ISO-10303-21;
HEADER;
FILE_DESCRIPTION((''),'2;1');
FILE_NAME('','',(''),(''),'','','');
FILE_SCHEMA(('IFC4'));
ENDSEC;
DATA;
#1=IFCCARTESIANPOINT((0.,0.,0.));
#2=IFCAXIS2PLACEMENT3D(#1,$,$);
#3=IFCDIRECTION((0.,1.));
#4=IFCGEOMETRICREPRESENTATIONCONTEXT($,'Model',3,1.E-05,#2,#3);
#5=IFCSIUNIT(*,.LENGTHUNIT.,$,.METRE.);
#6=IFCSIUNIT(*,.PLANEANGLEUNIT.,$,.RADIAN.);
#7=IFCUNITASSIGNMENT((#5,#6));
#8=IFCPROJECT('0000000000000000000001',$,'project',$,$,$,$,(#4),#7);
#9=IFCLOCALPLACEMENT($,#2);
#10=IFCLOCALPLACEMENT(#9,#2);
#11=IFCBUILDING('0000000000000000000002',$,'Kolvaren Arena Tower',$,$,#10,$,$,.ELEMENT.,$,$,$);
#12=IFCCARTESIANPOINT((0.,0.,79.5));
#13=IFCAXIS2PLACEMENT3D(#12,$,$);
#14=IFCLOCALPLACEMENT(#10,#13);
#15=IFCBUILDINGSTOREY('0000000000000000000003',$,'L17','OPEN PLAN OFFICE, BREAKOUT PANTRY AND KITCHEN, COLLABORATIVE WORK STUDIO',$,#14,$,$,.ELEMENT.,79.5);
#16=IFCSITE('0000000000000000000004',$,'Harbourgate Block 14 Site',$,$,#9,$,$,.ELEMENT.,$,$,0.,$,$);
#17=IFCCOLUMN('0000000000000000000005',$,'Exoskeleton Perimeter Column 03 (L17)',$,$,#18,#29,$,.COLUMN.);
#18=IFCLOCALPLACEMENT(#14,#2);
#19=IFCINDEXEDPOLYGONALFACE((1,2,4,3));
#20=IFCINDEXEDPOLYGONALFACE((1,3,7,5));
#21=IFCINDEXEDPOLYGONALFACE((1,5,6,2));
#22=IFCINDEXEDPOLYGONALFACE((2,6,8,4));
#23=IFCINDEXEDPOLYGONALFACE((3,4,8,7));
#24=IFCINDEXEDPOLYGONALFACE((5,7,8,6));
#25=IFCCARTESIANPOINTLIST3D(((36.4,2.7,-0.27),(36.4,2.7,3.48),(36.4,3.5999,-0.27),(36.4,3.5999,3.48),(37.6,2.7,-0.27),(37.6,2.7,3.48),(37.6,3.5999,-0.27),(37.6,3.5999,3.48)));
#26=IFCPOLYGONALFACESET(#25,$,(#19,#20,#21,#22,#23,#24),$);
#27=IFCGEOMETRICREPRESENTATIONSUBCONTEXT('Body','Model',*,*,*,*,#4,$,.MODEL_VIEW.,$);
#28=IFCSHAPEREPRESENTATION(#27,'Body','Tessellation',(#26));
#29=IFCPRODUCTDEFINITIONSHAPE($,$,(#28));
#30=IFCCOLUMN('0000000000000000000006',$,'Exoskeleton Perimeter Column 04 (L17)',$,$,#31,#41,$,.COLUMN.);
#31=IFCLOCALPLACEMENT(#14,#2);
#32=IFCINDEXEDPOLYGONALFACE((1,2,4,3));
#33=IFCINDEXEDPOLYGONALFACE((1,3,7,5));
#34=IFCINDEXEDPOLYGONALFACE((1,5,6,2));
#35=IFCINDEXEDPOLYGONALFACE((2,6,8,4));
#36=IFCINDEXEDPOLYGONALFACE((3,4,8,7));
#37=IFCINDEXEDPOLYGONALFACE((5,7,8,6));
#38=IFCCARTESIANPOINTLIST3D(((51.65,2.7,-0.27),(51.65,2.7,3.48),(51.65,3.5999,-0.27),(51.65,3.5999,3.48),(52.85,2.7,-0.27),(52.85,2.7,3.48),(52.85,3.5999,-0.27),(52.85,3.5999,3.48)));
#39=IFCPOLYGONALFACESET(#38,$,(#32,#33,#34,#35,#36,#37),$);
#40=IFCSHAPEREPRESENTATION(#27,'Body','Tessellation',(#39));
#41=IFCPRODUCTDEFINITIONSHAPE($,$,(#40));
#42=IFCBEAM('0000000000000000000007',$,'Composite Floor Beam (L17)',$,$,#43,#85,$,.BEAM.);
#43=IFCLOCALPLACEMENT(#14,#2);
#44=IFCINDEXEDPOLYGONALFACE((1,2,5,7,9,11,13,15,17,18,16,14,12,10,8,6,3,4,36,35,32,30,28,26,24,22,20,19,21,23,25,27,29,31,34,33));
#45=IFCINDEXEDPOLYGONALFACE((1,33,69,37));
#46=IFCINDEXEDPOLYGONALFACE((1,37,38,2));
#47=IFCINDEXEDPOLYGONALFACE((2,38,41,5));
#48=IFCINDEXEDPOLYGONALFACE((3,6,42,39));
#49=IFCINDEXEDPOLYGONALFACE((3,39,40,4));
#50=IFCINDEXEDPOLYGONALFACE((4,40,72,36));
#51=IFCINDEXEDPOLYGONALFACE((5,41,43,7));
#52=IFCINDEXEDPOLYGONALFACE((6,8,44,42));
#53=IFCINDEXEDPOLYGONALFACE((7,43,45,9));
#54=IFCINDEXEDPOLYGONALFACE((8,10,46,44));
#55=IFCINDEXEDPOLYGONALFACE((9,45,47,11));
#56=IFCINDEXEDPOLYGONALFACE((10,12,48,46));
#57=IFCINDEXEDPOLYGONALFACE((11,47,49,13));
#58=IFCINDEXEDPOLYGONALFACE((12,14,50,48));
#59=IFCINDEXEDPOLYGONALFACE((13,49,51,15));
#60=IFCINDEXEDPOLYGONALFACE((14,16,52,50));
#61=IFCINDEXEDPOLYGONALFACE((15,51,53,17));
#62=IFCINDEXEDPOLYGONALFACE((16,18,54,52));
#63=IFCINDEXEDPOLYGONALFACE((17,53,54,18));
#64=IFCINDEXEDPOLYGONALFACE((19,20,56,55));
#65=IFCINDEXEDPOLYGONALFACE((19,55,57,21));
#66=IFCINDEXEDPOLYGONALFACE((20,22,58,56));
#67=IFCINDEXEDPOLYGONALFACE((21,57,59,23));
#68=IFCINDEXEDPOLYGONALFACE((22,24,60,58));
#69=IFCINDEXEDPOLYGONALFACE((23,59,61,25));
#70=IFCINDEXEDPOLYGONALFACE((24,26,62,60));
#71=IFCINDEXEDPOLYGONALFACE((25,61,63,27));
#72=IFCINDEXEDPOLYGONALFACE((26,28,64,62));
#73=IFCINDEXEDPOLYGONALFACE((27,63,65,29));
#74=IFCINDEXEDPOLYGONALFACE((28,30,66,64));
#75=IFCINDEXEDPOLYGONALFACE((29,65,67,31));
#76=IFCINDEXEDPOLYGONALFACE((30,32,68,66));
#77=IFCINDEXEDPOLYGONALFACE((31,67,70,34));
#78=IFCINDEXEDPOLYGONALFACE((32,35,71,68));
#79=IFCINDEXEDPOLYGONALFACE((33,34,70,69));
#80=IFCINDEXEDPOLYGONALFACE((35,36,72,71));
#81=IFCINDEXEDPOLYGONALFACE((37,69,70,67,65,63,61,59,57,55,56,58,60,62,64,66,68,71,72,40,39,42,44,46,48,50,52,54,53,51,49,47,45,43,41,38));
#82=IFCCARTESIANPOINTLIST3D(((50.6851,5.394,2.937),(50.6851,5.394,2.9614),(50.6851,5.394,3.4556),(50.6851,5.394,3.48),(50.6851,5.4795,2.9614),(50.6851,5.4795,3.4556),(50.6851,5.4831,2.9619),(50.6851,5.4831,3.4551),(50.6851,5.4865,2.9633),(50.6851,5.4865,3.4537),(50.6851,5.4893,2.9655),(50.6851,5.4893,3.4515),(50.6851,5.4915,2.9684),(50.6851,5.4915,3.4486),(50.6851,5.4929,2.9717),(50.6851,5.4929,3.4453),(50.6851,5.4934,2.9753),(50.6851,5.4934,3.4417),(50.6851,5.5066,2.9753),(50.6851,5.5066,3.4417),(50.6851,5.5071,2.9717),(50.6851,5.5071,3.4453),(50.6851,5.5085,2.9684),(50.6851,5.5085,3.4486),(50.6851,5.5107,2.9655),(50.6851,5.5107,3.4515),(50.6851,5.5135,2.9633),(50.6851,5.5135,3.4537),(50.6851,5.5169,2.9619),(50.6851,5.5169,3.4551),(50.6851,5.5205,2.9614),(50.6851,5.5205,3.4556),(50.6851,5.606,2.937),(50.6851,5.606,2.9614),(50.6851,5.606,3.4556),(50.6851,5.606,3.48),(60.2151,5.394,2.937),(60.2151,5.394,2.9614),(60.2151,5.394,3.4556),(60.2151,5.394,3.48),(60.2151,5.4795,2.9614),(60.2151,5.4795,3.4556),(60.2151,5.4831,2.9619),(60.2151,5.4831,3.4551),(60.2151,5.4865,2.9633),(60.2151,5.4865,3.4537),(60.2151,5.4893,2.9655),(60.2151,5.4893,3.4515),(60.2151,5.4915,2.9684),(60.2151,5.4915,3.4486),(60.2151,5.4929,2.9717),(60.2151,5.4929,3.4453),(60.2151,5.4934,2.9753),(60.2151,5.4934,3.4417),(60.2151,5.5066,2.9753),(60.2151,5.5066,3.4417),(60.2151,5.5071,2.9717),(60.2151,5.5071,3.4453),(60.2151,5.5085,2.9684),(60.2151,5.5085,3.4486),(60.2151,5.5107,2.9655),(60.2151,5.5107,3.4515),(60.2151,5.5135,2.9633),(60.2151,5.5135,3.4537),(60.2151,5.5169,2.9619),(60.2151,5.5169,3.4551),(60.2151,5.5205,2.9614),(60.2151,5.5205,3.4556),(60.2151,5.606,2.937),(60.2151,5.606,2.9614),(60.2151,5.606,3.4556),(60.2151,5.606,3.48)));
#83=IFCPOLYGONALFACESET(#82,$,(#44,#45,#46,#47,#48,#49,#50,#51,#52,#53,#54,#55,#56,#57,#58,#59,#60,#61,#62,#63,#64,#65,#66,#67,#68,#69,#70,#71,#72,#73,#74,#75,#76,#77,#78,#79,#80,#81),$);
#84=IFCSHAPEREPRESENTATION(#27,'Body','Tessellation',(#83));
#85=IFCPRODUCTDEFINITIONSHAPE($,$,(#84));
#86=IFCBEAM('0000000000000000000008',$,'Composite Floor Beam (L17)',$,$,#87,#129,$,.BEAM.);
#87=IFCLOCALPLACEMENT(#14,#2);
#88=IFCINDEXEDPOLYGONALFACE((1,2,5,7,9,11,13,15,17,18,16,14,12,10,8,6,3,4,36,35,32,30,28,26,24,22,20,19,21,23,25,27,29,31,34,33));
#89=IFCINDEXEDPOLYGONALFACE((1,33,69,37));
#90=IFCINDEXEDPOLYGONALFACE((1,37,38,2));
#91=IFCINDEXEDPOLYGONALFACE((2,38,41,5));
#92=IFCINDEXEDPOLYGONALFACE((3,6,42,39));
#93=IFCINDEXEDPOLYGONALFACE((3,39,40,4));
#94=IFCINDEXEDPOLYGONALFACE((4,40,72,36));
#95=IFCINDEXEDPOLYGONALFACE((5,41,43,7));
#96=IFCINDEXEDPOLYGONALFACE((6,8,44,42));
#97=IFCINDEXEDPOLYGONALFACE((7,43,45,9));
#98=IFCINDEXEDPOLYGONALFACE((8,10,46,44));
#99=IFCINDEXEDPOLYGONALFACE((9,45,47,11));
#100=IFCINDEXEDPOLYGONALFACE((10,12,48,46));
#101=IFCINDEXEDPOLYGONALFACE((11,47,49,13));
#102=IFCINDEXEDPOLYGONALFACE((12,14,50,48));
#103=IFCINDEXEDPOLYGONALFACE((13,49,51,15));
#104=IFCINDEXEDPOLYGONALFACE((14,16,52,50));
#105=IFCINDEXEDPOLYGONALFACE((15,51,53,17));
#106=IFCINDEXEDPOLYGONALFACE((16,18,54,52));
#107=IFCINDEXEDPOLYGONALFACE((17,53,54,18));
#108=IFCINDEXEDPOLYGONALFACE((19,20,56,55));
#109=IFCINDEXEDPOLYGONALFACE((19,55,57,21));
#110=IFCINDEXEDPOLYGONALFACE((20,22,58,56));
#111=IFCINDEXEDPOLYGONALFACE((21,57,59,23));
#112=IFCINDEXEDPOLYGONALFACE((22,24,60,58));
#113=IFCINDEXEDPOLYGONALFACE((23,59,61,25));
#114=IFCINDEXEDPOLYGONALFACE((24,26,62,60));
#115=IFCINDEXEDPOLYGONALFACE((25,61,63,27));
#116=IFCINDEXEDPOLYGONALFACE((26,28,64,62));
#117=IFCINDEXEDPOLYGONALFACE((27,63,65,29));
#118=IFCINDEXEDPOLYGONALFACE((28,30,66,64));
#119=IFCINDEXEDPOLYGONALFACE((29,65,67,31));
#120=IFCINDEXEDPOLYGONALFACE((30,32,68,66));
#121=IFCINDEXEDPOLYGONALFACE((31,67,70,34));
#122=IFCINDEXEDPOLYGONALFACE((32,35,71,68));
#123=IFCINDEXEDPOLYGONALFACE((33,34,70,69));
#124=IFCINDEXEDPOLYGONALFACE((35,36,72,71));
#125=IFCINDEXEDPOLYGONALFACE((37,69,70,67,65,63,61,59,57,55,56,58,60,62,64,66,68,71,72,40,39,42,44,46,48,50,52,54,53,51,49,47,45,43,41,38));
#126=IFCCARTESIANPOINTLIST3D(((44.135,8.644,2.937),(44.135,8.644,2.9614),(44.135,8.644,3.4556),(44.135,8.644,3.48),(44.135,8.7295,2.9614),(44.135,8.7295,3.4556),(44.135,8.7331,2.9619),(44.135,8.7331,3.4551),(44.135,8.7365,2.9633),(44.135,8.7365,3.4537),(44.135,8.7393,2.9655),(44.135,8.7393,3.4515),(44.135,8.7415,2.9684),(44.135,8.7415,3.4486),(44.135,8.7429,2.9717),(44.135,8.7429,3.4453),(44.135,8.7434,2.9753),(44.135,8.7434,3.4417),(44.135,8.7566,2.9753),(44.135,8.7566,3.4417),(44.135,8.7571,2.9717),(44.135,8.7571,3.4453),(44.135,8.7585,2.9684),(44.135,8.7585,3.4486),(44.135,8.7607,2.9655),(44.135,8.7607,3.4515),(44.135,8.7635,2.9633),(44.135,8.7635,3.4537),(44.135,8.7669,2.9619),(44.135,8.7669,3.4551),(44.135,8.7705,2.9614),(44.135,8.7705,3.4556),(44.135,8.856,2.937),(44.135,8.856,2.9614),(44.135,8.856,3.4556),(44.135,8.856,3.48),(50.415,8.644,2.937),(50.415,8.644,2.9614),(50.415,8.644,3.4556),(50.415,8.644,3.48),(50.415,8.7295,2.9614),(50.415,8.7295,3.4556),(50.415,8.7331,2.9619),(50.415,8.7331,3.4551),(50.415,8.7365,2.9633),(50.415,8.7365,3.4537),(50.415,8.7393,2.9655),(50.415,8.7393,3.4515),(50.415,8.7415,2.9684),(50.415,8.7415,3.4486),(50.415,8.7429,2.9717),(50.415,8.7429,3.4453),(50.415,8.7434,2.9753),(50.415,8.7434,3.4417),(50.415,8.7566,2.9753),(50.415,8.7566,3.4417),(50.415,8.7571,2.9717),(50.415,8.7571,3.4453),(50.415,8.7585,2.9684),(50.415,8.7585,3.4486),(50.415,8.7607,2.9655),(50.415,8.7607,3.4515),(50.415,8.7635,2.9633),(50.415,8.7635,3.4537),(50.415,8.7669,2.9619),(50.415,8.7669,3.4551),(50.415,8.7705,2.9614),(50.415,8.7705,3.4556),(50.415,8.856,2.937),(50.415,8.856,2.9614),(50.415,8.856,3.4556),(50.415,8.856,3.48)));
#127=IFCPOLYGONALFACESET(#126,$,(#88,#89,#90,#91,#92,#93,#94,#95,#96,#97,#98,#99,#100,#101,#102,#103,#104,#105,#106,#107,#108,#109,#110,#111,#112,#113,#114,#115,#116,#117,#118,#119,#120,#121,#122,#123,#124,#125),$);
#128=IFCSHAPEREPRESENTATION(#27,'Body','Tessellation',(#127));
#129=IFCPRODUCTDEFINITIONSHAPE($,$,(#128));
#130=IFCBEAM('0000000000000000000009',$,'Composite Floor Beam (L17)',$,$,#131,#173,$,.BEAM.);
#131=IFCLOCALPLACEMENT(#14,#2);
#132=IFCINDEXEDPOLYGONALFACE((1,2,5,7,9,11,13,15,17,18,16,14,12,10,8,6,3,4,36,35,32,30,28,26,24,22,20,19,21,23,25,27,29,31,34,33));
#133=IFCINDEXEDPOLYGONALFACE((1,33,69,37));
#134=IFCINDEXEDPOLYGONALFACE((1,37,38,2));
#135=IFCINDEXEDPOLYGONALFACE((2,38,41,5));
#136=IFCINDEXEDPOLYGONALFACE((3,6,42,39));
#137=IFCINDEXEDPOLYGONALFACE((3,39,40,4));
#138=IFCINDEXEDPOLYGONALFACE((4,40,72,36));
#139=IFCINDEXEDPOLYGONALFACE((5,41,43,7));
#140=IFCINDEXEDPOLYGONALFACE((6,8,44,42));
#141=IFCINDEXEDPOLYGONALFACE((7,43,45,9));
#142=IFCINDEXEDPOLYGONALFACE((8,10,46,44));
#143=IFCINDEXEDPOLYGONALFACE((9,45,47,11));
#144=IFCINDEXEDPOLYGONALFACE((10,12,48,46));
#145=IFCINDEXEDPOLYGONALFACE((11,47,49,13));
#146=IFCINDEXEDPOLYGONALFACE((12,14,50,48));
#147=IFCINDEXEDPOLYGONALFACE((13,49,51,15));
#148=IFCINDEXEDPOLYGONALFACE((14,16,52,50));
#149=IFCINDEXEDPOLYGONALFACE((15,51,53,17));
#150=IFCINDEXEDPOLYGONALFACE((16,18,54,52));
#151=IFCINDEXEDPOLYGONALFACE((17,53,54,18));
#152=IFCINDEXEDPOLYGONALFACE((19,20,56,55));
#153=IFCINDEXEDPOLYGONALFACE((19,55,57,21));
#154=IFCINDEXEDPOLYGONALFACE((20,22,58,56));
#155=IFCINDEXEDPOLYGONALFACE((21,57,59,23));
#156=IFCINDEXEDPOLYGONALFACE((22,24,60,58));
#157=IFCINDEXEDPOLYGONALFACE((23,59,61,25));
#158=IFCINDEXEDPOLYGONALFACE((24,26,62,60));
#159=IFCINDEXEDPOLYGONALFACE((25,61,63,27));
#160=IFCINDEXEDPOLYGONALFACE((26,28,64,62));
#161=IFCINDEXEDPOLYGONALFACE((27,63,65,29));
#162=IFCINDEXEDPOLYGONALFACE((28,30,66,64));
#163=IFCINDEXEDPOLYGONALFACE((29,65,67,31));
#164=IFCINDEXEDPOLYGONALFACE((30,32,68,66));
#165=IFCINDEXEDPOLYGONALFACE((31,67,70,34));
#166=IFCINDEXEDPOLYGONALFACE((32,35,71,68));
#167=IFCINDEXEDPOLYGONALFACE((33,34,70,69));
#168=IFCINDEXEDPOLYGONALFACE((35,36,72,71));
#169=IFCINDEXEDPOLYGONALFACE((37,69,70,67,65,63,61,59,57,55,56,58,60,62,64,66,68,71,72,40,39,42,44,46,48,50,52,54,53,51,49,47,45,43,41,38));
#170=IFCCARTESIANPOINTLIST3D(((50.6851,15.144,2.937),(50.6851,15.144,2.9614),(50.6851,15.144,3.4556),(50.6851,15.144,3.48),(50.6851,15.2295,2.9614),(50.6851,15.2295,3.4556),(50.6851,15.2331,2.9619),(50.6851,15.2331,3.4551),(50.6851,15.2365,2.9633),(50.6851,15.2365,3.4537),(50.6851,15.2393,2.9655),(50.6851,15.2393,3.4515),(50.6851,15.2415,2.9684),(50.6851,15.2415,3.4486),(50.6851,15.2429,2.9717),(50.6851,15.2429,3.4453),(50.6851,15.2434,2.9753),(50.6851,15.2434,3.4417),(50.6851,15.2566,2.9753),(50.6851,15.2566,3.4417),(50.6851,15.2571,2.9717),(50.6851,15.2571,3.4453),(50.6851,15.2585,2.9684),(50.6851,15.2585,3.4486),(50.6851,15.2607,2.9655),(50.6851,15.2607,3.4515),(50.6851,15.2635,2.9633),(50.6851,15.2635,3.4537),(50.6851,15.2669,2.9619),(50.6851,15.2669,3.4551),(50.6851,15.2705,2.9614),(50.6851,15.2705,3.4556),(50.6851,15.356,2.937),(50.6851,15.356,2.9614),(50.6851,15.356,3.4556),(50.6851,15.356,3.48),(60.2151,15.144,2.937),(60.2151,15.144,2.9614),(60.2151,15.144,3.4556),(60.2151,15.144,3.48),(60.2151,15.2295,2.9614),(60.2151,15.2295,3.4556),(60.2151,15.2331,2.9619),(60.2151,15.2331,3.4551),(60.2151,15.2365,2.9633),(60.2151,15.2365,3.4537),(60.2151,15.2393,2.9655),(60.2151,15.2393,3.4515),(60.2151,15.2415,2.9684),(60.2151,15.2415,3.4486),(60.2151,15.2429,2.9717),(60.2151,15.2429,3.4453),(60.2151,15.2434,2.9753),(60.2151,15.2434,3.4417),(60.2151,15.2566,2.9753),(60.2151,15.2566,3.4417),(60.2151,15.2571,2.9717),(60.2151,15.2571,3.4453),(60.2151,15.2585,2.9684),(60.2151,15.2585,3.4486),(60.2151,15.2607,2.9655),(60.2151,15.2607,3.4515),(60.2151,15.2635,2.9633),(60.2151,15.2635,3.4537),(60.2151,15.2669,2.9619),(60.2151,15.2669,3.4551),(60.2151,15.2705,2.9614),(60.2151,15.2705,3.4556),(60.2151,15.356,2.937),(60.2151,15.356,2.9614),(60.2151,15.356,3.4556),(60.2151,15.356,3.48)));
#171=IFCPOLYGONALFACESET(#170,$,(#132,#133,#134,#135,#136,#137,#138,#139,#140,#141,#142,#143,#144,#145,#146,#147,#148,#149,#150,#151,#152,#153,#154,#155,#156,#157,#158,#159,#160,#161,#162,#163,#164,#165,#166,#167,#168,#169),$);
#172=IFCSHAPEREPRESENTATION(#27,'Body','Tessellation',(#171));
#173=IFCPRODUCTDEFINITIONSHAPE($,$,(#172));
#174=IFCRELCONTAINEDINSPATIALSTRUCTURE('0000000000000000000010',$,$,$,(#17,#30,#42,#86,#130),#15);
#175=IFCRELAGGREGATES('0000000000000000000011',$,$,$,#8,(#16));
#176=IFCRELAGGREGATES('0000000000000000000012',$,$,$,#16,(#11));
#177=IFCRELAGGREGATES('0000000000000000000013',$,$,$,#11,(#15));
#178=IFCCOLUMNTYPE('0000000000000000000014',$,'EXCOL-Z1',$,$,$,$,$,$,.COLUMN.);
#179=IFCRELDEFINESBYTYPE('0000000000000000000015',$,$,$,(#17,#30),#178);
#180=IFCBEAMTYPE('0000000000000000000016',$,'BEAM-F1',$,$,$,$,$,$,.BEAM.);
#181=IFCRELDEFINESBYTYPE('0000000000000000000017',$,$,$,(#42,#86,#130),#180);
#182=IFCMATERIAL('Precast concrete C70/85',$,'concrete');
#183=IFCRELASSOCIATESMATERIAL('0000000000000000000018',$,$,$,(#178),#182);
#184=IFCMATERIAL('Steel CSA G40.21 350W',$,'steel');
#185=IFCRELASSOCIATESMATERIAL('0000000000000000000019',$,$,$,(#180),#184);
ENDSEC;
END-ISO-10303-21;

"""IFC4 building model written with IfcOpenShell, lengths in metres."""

from ifc_helpers import new_model, si_unit, direction, frame, origin, origin_2d, place, context, subcontext, project, spatial, rectangle, i_section, extrude, material, material_profile, profile_set, type_object, element, save


model = new_model("IFC4")

# Units and contexts
model_context = context("Model", 3, precision=1e-05, world=origin(), true_north=direction((0.0, 1.0)))
body_context = subcontext(model_context, "Body", "Model", "MODEL_VIEW")
ifc_project = project(units=[si_unit("LENGTHUNIT", "METRE"), si_unit("PLANEANGLEUNIT", "RADIAN")], contexts=[model_context])

# Site, building, storey
site_placement = place(None, origin())
site = spatial("IfcSite", under=ifc_project, at=site_placement, Name="Harbourgate Block 14 Site", CompositionType="ELEMENT", RefElevation=0.0)
building_placement = place(site_placement, origin())
building = spatial("IfcBuilding", under=site, at=building_placement, Name="Kolvaren Arena Tower", CompositionType="ELEMENT")
storey_placement = place(building_placement, frame((0.0, 0.0, 79.5)))
storey = spatial("IfcBuildingStorey", under=building, at=storey_placement, Name="L17", Description="OPEN PLAN OFFICE, BREAKOUT PANTRY AND KITCHEN, COLLABORATIVE WORK STUDIO", CompositionType="ELEMENT", Elevation=79.5)

# Columns
ifc_material_1 = material(Name="Precast concrete C70/85", Category="concrete")
ifc_material_profile_1 = material_profile(ifc_material_1, rectangle(XDim=1.2, YDim=0.8999, at=origin_2d()), Name="RC-1200x900")
ifc_profile_set_1 = profile_set([ifc_material_profile_1], Name="Precast concrete C70/85")
column_type = type_object("IfcColumnType", Name="EXCOL-Z1", PredefinedType="COLUMN", material=ifc_profile_set_1)
for number, where, z_axis, x_axis, name in (
    (1, (37.0, 3.1499, -0.27), (0.0, 0.0, 1.0), (1.0, 0.0, 0.0), "Exoskeleton Perimeter Column 03 (L17)"),
    (2, (52.25, 3.1499, -0.27), (0.0, 0.0, 1.0), (1.0, 0.0, 0.0), "Exoskeleton Perimeter Column 04 (L17)"),
):
    element("IfcColumn", number, at=place(storey_placement, frame(where, z_axis=z_axis, x_axis=x_axis)), inside=storey, type_object=column_type, Name=name, PredefinedType="COLUMN", context=body_context, shape_type="SweptSolid", body=[
        extrude(rectangle(XDim=1.2, YDim=0.8999, at=origin_2d()), origin(), (0.0, 0.0, 1.0), 3.75),
    ])

# Beams
ifc_material_2 = material(Name="Steel CSA G40.21 350W", Category="steel")
ifc_material_profile_2 = material_profile(ifc_material_2, i_section(OverallWidth=0.2119, OverallDepth=0.543, WebThickness=0.0132, FlangeThickness=0.0244, FilletRadius=0.0139, at=origin_2d()), Name="W530x150")
ifc_profile_set_2 = profile_set([ifc_material_profile_2], Name="Steel CSA G40.21 350W")
beam_type_1 = type_object("IfcBeamType", Name="BEAM-F1", PredefinedType="BEAM", material=ifc_profile_set_2)
beam_1_placement = place(storey_placement, frame((50.6851, 5.5, 3.2085), z_axis=(1.0, 0.0, 0.0), x_axis=(0.0, 1.0, 0.0)))
element("IfcBeam", 3, at=beam_1_placement, inside=storey, type_object=beam_type_1, Name="Composite Floor Beam (L17)", PredefinedType="BEAM", context=body_context, shape_type="SweptSolid", body=[
    extrude(i_section(OverallWidth=0.2119, OverallDepth=0.543, WebThickness=0.0132, FlangeThickness=0.0244, FilletRadius=0.0139, at=origin_2d()), origin(), (0.0, 0.0, 1.0), 9.53),
])
beam_2_placement = place(storey_placement, frame((44.135, 8.75, 3.2085), z_axis=(1.0, 0.0, 0.0), x_axis=(0.0, 1.0, 0.0)))
element("IfcBeam", 4, at=beam_2_placement, inside=storey, type_object=beam_type_1, Name="Composite Floor Beam (L17)", PredefinedType="BEAM", context=body_context, shape_type="SweptSolid", body=[
    extrude(i_section(OverallWidth=0.2119, OverallDepth=0.543, WebThickness=0.0132, FlangeThickness=0.0244, FilletRadius=0.0139, at=origin_2d()), origin(), (0.0, 0.0, 1.0), 6.28),
])
beam_3_placement = place(storey_placement, frame((50.6851, 15.25, 3.2085), z_axis=(1.0, 0.0, 0.0), x_axis=(0.0, 1.0, 0.0)))
element("IfcBeam", 5, at=beam_3_placement, inside=storey, type_object=beam_type_1, Name="Composite Floor Beam (L17)", PredefinedType="BEAM", context=body_context, shape_type="SweptSolid", body=[
    extrude(i_section(OverallWidth=0.2119, OverallDepth=0.543, WebThickness=0.0132, FlangeThickness=0.0244, FilletRadius=0.0139, at=origin_2d()), origin(), (0.0, 0.0, 1.0), 9.53),
])

save(model, "model.ifc")
